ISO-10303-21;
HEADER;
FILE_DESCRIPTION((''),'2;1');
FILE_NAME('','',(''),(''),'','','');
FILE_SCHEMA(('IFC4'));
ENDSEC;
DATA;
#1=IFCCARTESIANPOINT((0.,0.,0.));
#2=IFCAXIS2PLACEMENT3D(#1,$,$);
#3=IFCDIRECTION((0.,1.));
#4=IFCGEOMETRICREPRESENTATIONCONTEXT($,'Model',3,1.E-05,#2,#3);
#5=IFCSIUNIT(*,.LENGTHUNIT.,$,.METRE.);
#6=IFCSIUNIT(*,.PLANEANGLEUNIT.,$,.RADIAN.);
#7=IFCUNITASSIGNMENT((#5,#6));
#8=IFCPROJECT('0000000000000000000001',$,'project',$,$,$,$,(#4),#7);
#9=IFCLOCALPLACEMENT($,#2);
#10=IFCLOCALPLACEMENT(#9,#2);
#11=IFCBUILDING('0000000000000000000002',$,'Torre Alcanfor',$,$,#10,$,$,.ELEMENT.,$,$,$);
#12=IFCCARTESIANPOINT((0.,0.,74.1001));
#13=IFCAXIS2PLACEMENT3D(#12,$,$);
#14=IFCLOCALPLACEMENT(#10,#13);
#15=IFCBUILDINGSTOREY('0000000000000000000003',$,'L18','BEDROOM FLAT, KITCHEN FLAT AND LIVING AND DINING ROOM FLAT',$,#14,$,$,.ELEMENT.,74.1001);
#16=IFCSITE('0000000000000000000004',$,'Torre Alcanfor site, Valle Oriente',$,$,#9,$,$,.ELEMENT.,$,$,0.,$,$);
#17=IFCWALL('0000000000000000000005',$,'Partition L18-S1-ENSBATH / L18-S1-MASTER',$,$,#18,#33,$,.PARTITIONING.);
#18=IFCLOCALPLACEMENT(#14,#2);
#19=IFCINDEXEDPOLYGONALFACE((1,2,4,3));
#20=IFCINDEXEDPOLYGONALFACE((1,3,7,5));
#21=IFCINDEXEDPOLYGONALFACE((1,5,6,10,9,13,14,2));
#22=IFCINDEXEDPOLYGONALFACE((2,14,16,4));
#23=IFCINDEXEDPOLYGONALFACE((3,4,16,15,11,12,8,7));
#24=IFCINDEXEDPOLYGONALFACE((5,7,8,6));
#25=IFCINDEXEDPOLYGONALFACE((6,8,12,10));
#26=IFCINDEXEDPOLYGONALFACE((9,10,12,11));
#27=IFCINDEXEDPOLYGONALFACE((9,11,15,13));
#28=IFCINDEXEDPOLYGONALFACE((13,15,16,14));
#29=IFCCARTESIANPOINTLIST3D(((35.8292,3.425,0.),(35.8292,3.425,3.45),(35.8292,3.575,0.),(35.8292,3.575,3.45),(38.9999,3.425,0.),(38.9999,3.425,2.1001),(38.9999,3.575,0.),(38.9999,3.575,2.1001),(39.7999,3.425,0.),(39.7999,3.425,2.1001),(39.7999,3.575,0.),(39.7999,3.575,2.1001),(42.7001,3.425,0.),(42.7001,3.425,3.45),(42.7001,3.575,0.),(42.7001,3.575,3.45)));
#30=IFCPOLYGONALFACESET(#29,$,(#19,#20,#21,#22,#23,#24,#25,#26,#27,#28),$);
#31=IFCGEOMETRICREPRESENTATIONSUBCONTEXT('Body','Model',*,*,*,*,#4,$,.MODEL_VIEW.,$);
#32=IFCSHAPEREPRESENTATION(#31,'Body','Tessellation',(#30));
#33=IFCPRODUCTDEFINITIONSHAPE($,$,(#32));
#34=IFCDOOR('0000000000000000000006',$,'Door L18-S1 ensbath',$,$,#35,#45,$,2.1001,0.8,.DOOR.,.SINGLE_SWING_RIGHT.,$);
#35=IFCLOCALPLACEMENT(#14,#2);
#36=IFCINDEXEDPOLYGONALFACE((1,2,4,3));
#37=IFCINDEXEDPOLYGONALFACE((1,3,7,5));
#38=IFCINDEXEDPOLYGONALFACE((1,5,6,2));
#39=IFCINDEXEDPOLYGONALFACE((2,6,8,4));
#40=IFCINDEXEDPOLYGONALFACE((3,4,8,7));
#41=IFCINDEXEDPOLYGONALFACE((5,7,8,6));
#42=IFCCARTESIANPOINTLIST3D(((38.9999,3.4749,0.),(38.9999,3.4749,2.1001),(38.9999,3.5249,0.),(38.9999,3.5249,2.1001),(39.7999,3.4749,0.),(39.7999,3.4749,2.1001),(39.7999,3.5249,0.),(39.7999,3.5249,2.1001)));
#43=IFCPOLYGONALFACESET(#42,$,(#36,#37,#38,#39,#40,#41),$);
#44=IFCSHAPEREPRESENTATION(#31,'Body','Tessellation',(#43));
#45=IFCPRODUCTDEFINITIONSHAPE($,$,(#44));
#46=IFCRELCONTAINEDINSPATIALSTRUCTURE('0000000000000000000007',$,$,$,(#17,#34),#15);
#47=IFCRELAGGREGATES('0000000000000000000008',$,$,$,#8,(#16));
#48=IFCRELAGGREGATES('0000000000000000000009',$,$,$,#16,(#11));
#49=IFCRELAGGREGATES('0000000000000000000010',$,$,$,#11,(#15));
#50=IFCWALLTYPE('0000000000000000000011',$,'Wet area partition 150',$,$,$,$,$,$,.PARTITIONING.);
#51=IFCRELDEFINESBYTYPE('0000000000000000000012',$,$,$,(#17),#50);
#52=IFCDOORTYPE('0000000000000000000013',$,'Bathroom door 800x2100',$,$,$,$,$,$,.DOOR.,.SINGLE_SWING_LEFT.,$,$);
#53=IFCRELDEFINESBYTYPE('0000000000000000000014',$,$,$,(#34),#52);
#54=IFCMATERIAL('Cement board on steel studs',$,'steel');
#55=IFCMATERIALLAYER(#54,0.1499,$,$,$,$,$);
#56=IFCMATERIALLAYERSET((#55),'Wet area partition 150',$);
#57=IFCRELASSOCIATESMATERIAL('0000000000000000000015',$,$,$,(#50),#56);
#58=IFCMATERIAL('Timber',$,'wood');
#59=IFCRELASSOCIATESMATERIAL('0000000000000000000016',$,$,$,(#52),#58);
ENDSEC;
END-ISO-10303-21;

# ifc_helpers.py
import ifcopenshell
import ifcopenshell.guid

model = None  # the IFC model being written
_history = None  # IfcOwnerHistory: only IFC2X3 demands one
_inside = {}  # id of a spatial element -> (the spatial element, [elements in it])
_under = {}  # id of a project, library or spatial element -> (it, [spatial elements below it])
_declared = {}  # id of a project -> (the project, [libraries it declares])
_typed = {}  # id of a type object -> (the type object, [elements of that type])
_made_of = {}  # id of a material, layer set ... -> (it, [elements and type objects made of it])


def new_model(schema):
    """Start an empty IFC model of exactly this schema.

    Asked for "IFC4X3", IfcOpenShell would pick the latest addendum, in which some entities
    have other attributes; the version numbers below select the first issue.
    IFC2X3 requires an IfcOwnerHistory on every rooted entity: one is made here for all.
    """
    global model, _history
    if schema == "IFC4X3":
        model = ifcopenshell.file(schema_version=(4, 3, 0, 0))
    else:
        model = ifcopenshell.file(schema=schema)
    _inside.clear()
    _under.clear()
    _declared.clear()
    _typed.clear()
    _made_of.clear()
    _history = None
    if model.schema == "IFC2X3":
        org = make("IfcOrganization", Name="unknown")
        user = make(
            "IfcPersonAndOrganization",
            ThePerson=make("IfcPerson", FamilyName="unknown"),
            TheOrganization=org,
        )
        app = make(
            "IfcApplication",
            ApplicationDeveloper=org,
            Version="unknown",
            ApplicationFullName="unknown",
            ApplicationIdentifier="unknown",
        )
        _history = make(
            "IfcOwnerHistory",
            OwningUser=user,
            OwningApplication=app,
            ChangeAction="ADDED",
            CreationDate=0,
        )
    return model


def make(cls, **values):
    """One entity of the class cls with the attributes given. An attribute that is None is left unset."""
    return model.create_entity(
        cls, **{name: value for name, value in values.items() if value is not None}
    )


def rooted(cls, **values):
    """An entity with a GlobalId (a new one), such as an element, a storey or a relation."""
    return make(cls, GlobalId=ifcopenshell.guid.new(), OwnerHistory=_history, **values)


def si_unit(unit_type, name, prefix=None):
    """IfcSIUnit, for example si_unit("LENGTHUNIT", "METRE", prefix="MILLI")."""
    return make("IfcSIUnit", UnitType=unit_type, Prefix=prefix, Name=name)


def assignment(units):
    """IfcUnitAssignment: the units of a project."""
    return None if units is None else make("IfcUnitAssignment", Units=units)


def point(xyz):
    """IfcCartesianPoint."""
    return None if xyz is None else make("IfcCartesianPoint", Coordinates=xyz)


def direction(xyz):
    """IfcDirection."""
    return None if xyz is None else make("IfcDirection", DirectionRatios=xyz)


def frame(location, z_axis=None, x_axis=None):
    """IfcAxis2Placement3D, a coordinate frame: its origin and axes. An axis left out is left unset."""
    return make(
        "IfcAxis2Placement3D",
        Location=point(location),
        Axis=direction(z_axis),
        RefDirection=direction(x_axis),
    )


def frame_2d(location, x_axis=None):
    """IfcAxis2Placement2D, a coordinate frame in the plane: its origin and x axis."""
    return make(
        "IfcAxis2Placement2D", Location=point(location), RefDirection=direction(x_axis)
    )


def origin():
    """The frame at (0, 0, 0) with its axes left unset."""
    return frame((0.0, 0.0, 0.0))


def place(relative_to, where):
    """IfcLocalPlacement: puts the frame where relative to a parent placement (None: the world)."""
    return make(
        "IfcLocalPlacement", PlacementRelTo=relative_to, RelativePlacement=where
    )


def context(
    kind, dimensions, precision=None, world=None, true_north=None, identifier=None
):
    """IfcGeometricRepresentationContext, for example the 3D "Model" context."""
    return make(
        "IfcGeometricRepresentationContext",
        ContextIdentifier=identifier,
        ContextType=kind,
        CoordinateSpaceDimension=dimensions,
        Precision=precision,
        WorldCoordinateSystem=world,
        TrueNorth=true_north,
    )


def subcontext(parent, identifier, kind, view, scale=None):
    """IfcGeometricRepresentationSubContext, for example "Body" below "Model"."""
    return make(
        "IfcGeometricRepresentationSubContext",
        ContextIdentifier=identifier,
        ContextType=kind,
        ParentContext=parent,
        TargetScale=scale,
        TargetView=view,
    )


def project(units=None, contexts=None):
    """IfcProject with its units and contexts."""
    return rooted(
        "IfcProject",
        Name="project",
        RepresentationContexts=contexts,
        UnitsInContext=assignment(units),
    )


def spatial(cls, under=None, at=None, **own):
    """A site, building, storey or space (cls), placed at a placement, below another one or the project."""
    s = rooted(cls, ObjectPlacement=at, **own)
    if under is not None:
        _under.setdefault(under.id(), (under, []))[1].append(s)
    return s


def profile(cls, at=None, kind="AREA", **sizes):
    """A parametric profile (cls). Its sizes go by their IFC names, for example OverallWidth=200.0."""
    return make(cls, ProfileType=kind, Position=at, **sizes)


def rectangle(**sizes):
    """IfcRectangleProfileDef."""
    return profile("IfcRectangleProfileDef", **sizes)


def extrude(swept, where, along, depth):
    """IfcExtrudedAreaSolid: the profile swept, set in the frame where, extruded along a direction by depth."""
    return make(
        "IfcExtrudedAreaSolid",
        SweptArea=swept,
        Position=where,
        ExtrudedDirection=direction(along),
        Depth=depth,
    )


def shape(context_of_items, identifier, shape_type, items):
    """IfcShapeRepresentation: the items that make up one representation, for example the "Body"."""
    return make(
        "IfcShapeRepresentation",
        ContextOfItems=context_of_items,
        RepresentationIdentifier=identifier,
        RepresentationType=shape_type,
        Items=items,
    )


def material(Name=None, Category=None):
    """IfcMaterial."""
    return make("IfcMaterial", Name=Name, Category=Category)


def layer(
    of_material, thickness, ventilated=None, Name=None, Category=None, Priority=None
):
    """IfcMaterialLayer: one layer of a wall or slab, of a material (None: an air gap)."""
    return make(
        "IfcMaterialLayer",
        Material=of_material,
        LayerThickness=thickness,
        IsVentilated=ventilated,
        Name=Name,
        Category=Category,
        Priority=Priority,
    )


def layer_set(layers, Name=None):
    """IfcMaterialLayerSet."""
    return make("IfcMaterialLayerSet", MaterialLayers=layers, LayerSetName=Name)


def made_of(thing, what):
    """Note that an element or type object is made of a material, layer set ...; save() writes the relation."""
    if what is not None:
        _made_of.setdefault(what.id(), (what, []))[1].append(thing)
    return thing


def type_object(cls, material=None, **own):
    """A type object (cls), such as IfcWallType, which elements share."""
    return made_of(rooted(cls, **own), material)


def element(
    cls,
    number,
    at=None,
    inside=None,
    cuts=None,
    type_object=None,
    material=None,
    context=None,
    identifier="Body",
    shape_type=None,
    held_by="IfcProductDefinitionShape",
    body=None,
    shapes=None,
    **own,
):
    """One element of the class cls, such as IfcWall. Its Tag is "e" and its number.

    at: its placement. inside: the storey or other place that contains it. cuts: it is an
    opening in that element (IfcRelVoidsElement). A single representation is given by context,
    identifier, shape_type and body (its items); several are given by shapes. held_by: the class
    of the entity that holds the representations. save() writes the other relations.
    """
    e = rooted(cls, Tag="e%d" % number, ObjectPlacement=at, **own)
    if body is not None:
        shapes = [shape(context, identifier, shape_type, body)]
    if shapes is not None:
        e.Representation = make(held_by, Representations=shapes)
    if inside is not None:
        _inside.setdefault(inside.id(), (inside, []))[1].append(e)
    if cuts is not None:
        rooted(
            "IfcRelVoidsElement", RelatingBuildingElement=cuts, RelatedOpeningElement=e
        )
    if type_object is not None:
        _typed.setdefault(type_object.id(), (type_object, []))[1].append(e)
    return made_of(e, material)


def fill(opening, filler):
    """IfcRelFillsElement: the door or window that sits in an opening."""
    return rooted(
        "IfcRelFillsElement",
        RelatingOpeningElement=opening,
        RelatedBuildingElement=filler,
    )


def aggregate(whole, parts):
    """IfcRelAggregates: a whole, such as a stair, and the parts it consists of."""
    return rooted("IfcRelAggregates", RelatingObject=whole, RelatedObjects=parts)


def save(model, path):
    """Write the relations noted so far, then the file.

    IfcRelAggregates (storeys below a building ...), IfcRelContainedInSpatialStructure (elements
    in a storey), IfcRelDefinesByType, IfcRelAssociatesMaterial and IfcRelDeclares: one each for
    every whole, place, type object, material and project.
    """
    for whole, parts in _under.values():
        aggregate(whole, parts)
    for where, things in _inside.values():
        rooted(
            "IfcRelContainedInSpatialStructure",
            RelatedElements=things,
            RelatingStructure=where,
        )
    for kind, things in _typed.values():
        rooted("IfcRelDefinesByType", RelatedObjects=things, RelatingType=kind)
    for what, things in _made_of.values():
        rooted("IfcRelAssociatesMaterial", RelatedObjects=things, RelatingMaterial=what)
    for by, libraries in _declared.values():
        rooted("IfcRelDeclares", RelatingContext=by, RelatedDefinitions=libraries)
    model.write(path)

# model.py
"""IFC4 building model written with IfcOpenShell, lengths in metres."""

from ifc_helpers import new_model, si_unit, direction, frame, frame_2d, origin, place, context, subcontext, project, spatial, rectangle, extrude, material, layer, layer_set, type_object, element, fill, save


model = new_model("IFC4")

# Units and contexts
model_context = context("Model", 3, precision=1e-05, world=origin(), true_north=direction((0.0, 1.0)))
body_context = subcontext(model_context, "Body", "Model", "MODEL_VIEW")
ifc_project = project(units=[si_unit("LENGTHUNIT", "METRE"), si_unit("PLANEANGLEUNIT", "RADIAN")], contexts=[model_context])

# Site, building, storey
site_placement = place(None, origin())
site = spatial("IfcSite", under=ifc_project, at=site_placement, Name="Torre Alcanfor site, Valle Oriente", CompositionType="ELEMENT", RefElevation=0.0)
building_placement = place(site_placement, origin())
building = spatial("IfcBuilding", under=site, at=building_placement, Name="Torre Alcanfor", CompositionType="ELEMENT")
storey_placement = place(building_placement, frame((0.0, 0.0, 74.1001)))
storey = spatial("IfcBuildingStorey", under=building, at=storey_placement, Name="L18", Description="BEDROOM FLAT, KITCHEN FLAT AND LIVING AND DINING ROOM FLAT", CompositionType="ELEMENT", Elevation=74.1001)

# Shared definitions
ifc_material_1 = material(Name="Cement board on steel studs", Category="steel")
ifc_layer_1 = layer(ifc_material_1, 0.1499)
ifc_layer_set_1 = layer_set([ifc_layer_1], Name="Wet area partition 150")
wall_type_1 = type_object("IfcWallType", Name="Wet area partition 150", PredefinedType="PARTITIONING", material=ifc_layer_set_1)

# Wall, opening, door
wall_1_placement = place(storey_placement, frame((35.8291, 3.5, 0.0), z_axis=(0.0, 0.0, 1.0), x_axis=(1.0, 0.0, 0.0)))
wall_1 = element("IfcWall", 1, at=wall_1_placement, inside=storey, type_object=wall_type_1, Name="Partition L18-S1-ENSBATH / L18-S1-MASTER", PredefinedType="PARTITIONING", context=body_context, shape_type="SweptSolid", body=[
    extrude(rectangle(XDim=6.8708, YDim=0.1499, at=frame_2d((3.4355, 0.0))), origin(), (0.0, 0.0, 1.0), 3.45),
])
opening_1_placement = place(wall_1_placement, frame((3.1709, 0.0, 0.0)))
opening_1 = element("IfcOpeningElement", 2, at=opening_1_placement, cuts=wall_1, PredefinedType="OPENING", context=body_context, shape_type="SweptSolid", body=[
    extrude(rectangle(XDim=0.8, YDim=2.1001, at=frame_2d((0.3999, 1.05))), frame((0.0, 0.085, 0.0), z_axis=(0.0, -1.0, 0.0), x_axis=(1.0, 0.0, 0.0)), (0.0, 0.0, 1.0), 0.1699),
])
ifc_material_2 = material(Name="Timber", Category="wood")
door_type_1 = type_object("IfcDoorType", Name="Bathroom door 800x2100", OperationType="SINGLE_SWING_LEFT", PredefinedType="DOOR", material=ifc_material_2)
door_1_placement = place(opening_1_placement, origin())
door_1 = element("IfcDoor", 3, at=door_1_placement, inside=storey, type_object=door_type_1, Name="Door L18-S1 ensbath", OperationType="SINGLE_SWING_RIGHT", OverallHeight=2.1001, OverallWidth=0.8, PredefinedType="DOOR", context=body_context, shape_type="SweptSolid", body=[
    extrude(rectangle(XDim=0.8, YDim=2.1001, at=frame_2d((0.3999, 1.05))), frame((0.0, 0.0249, 0.0), z_axis=(0.0, -1.0, 0.0), x_axis=(1.0, 0.0, 0.0)), (0.0, 0.0, 1.0), 0.05),
])
fill(opening_1, door_1)

save(model, "model.ifc")
